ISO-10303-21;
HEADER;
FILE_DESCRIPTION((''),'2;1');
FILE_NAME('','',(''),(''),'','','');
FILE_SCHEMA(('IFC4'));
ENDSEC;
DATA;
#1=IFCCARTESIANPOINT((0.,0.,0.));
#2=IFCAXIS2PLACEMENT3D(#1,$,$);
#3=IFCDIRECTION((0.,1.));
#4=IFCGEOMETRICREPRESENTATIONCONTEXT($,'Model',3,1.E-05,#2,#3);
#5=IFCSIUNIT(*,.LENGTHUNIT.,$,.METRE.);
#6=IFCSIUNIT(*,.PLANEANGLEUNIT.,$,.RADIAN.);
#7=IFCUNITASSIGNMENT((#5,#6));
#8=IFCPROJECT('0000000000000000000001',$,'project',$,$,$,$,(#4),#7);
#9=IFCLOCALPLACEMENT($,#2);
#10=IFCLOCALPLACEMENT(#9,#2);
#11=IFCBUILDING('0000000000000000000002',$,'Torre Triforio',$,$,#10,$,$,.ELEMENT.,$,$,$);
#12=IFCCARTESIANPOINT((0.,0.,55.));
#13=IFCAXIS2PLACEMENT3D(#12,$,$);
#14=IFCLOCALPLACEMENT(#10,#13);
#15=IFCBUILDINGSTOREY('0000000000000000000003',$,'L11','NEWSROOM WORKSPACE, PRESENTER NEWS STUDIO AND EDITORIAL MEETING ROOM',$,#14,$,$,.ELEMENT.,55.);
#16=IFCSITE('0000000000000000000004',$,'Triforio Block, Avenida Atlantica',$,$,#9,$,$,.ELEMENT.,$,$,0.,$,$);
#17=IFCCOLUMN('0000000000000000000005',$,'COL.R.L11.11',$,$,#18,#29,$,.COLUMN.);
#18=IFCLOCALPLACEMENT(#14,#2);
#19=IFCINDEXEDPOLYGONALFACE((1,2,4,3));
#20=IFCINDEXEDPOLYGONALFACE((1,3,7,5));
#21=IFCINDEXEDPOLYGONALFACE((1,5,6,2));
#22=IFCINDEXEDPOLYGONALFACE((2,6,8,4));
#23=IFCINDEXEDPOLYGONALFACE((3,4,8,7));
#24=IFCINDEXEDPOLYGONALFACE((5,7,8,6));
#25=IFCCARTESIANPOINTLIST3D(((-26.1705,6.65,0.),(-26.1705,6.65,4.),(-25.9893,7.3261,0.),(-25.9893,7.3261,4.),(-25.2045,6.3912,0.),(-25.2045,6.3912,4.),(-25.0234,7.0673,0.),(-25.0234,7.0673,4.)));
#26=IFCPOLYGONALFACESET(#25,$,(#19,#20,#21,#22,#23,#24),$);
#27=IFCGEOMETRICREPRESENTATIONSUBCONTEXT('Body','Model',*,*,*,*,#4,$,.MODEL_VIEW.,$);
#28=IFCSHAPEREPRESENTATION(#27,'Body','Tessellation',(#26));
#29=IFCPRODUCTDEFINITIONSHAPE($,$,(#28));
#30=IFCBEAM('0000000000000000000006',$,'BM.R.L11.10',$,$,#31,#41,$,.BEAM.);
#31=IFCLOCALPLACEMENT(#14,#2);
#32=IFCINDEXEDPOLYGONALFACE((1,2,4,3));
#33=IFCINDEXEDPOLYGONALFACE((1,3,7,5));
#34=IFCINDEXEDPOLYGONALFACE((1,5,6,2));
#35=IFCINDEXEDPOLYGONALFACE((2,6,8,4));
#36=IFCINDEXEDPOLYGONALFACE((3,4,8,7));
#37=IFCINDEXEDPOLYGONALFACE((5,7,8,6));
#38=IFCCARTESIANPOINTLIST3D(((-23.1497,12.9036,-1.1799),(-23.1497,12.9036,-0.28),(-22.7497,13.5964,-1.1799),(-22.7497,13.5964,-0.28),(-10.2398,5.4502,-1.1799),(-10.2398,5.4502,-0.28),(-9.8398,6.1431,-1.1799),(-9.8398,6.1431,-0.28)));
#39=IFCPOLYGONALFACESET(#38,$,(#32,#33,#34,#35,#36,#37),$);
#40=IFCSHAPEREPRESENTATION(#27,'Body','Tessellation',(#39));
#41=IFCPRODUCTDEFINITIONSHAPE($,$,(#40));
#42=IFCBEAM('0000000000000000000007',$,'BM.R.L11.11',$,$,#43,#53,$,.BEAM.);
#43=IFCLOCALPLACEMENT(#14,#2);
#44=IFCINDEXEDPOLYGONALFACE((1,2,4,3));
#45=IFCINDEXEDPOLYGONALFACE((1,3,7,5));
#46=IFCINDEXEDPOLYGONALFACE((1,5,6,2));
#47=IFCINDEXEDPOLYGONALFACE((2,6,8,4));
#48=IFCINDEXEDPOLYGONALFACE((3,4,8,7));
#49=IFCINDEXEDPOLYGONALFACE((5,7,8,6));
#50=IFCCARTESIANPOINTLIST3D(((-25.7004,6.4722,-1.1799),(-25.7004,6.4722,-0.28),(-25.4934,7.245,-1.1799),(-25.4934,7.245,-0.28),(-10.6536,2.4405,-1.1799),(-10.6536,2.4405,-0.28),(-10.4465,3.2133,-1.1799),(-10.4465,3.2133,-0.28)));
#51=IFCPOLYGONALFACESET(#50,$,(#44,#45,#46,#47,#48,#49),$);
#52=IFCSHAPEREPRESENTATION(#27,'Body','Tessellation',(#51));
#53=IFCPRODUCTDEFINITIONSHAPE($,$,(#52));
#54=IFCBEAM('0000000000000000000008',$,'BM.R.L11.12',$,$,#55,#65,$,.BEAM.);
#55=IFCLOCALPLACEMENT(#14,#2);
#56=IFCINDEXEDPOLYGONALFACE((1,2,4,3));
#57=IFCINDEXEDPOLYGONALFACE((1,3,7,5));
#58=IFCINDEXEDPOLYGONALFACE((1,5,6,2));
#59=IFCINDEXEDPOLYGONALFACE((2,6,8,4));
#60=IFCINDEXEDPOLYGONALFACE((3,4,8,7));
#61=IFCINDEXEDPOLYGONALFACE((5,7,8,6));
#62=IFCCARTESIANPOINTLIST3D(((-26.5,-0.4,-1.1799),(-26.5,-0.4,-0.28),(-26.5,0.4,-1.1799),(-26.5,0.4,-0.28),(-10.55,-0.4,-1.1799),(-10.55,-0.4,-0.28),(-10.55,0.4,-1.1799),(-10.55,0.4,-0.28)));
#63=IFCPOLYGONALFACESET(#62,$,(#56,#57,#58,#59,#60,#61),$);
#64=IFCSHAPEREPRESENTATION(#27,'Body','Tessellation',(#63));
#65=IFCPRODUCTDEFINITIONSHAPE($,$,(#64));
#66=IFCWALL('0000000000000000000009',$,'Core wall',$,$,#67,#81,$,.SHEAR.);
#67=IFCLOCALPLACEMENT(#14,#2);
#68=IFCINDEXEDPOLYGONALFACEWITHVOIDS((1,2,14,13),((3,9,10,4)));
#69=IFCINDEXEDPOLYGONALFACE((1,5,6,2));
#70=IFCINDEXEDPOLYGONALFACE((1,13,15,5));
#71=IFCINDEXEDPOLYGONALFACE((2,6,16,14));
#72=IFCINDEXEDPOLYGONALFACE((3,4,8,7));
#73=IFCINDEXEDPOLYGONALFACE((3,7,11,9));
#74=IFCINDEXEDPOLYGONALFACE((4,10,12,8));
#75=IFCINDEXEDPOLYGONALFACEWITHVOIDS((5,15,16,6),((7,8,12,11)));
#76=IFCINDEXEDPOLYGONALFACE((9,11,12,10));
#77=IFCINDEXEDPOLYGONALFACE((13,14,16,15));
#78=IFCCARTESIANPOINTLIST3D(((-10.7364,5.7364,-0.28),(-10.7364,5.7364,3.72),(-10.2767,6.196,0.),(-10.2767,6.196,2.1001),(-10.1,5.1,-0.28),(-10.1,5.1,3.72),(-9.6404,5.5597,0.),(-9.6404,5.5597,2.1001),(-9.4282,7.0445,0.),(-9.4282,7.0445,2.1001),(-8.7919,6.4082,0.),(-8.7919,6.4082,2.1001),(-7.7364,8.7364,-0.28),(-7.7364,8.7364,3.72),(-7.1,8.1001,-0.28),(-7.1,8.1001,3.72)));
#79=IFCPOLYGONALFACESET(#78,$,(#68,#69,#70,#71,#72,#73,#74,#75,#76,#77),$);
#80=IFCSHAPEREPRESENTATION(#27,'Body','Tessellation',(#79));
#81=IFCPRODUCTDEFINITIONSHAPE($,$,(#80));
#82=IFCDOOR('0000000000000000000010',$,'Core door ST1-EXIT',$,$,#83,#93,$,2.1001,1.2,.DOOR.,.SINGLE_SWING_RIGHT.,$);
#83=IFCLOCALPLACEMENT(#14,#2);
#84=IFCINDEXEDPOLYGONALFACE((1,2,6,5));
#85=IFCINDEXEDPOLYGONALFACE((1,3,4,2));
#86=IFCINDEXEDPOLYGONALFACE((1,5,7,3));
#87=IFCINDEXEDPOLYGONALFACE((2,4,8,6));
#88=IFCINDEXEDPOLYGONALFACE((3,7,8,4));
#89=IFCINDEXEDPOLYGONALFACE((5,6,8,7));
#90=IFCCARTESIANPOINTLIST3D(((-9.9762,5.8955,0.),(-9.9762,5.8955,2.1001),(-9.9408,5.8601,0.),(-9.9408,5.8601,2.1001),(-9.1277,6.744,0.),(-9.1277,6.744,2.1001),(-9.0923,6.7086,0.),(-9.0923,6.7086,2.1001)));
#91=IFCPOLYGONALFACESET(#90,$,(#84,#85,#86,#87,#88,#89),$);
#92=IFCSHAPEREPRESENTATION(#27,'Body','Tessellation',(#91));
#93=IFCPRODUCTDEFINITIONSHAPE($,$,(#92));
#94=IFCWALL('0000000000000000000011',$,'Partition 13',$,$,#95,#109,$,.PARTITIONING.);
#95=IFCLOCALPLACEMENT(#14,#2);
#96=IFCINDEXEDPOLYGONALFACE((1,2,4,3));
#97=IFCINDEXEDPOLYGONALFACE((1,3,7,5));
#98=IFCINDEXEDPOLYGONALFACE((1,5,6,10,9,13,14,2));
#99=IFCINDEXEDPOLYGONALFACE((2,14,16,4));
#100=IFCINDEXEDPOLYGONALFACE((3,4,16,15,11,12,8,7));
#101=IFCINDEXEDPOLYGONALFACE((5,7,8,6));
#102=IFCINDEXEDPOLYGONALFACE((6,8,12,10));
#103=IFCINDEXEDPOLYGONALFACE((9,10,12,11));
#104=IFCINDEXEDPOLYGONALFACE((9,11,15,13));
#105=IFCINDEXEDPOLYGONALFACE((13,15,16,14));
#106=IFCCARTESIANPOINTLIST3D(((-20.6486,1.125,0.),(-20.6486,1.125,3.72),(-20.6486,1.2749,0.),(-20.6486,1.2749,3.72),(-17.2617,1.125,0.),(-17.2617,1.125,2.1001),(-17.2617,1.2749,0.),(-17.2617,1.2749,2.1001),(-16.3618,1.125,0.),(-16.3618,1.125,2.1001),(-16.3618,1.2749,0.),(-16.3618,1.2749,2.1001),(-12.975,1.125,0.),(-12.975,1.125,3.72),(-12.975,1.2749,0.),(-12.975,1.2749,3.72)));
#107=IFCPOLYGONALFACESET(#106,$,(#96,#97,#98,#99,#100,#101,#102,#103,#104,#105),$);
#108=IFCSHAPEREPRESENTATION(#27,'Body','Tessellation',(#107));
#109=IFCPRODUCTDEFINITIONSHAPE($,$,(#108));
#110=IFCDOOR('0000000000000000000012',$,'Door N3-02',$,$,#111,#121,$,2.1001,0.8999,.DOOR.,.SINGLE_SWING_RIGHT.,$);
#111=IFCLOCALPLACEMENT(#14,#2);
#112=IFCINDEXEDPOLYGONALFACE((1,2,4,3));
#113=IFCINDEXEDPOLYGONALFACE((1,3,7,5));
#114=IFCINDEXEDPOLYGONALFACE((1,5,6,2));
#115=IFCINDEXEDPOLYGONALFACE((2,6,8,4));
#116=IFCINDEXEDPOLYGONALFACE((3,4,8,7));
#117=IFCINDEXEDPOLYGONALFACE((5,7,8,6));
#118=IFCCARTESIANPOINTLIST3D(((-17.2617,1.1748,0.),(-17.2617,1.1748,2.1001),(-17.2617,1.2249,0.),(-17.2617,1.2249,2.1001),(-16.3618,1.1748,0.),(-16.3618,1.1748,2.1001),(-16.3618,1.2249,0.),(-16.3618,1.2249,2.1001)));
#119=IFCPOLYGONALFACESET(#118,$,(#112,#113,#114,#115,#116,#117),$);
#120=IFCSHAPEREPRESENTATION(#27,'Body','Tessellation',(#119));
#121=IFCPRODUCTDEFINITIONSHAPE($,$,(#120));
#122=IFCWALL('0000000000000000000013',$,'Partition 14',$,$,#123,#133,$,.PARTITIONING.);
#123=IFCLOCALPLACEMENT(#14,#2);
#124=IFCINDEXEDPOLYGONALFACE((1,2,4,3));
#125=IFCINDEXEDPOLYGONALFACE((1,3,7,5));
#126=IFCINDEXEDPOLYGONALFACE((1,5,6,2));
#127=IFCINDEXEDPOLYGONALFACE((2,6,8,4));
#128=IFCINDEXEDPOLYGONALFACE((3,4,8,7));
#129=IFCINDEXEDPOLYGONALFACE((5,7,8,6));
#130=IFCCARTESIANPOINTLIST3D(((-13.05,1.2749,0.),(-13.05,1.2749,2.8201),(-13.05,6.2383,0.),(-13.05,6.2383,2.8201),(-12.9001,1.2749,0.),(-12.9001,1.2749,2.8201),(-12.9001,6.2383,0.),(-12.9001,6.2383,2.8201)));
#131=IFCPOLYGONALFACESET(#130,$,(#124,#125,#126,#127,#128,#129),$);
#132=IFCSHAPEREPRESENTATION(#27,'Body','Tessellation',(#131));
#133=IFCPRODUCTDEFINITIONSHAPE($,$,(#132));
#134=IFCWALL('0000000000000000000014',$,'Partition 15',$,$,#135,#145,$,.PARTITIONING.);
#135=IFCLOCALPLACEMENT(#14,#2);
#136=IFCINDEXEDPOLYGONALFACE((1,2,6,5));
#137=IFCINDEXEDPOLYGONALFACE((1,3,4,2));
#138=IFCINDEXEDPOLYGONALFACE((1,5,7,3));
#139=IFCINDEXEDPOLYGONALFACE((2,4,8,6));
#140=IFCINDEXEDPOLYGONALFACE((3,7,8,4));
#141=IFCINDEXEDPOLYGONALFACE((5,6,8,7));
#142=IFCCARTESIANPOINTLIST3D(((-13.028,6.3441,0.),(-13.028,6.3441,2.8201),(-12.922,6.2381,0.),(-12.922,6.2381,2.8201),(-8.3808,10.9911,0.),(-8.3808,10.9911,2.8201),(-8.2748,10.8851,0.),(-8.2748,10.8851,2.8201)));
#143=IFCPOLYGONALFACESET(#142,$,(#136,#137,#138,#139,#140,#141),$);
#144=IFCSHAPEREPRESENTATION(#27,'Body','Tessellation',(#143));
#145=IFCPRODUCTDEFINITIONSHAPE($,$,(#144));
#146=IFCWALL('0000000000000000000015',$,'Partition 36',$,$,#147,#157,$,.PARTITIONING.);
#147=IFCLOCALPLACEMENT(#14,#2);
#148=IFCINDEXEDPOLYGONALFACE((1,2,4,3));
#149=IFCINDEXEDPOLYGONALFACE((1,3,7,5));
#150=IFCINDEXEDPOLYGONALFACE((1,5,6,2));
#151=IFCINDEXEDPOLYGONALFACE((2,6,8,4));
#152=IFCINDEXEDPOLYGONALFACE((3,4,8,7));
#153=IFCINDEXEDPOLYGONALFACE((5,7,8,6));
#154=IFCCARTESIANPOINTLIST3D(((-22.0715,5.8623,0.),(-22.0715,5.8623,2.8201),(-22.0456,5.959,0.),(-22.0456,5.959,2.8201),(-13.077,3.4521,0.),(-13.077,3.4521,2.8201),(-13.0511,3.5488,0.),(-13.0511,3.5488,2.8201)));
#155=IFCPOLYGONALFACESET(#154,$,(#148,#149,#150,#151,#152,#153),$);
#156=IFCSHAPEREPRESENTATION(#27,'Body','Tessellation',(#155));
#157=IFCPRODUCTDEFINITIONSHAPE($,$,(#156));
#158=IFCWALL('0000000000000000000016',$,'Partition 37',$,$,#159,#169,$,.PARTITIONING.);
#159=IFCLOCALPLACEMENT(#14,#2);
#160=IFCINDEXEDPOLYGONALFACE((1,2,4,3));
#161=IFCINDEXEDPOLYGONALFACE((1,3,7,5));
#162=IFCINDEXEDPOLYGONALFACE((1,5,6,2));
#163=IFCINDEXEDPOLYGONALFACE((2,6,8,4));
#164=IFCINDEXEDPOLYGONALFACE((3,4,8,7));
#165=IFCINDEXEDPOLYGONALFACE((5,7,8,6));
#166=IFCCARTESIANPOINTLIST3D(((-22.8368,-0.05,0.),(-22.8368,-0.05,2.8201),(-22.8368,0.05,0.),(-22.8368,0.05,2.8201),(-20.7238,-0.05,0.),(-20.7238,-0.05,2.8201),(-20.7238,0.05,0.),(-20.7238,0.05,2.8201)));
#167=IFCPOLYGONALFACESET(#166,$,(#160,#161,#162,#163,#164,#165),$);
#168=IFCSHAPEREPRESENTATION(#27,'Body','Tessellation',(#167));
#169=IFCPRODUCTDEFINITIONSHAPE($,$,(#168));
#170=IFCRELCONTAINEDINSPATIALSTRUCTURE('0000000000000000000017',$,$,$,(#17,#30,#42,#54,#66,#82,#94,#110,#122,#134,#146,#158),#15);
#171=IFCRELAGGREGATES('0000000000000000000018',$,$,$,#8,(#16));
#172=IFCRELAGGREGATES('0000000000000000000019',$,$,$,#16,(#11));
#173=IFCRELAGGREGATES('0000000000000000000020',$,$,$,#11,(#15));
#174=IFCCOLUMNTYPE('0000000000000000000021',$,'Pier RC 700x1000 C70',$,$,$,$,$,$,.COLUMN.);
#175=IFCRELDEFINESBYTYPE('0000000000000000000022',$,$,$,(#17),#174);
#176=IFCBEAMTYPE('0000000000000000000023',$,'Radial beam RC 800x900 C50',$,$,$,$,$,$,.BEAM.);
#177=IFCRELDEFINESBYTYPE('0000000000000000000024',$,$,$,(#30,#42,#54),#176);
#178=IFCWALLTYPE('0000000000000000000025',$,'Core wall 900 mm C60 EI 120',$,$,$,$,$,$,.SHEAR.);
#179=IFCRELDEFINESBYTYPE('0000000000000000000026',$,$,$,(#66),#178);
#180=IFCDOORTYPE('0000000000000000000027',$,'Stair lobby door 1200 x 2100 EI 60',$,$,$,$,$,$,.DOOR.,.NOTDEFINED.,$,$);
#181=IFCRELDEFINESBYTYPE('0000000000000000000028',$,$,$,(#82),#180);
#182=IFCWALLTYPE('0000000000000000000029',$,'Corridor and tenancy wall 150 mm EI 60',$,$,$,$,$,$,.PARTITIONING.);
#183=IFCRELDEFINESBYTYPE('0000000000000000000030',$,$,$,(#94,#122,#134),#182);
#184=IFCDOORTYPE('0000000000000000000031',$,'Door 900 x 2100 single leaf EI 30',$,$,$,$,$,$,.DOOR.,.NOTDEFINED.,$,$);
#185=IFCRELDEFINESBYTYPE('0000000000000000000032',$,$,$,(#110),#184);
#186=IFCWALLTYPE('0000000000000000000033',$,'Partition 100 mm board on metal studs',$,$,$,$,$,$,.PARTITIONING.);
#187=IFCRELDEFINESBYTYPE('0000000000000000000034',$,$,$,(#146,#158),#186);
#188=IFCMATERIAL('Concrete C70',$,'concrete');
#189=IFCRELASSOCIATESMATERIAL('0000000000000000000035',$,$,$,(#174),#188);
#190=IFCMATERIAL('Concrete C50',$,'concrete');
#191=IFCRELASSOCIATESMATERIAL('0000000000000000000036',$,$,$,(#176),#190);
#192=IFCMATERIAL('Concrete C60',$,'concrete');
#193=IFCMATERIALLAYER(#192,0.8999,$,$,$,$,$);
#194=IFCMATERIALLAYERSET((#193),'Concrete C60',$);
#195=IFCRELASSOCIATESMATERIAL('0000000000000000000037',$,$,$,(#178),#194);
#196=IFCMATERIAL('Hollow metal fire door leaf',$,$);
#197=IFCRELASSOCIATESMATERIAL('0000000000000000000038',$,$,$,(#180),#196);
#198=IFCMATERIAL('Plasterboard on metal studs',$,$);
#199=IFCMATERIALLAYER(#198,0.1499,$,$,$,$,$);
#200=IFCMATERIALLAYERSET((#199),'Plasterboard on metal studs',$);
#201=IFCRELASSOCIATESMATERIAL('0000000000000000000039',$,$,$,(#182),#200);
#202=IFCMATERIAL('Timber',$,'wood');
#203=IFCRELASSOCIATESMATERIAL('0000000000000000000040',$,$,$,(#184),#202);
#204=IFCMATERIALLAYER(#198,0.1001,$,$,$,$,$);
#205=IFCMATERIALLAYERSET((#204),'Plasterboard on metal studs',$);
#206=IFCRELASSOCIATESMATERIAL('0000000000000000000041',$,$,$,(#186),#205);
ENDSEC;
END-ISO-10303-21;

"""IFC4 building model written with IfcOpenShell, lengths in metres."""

from ifc_helpers import new_model, si_unit, direction, frame, frame_2d, origin, origin_2d, place, context, subcontext, project, spatial, rectangle, extrude, material, layer, layer_set, material_profile, profile_set, type_object, element, fill, save


model = new_model("IFC4")

# Units and contexts
model_context = context("Model", 3, precision=1e-05, world=origin(), true_north=direction((0.0, 1.0)))
body_context = subcontext(model_context, "Body", "Model", "MODEL_VIEW")
ifc_project = project(units=[si_unit("LENGTHUNIT", "METRE"), si_unit("PLANEANGLEUNIT", "RADIAN")], contexts=[model_context])

# Site, building, storey
site_placement = place(None, origin())
site = spatial("IfcSite", under=ifc_project, at=site_placement, Name="Triforio Block, Avenida Atlantica", CompositionType="ELEMENT", RefElevation=0.0)
building_placement = place(site_placement, origin())
building = spatial("IfcBuilding", under=site, at=building_placement, Name="Torre Triforio", CompositionType="ELEMENT")
storey_placement = place(building_placement, frame((0.0, 0.0, 55.0)))
storey = spatial("IfcBuildingStorey", under=building, at=storey_placement, Name="L11", Description="NEWSROOM WORKSPACE, PRESENTER NEWS STUDIO AND EDITORIAL MEETING ROOM", CompositionType="ELEMENT", Elevation=55.0)

# Column
ifc_material_1 = material(Name="Concrete C70", Category="concrete")
ifc_material_profile_1 = material_profile(ifc_material_1, rectangle(XDim=0.7, YDim=1.0, at=origin_2d()), Name="RC 700x1000")
ifc_profile_set_1 = profile_set([ifc_material_profile_1], Name="Concrete C70")
column_type = type_object("IfcColumnType", Name="Pier RC 700x1000 C70", PredefinedType="COLUMN", material=ifc_profile_set_1)
column_placement = place(storey_placement, frame((-25.5969, 6.8586, 0.0), z_axis=(0.0, 0.0, 1.0), x_axis=(-0.258819, -0.965926, 0.0)))
element("IfcColumn", 1, at=column_placement, inside=storey, type_object=column_type, Name="COL.R.L11.11", PredefinedType="COLUMN", context=body_context, shape_type="SweptSolid", body=[
    extrude(rectangle(XDim=0.7, YDim=1.0, at=origin_2d()), origin(), (0.0, 0.0, 1.0), 4.0),
])

# Beams
ifc_material_2 = material(Name="Concrete C50", Category="concrete")
ifc_material_profile_2 = material_profile(ifc_material_2, rectangle(XDim=0.8, YDim=0.8999, at=origin_2d()), Name="RC 800x900")
ifc_profile_set_2 = profile_set([ifc_material_profile_2], Name="Concrete C50")
beam_type = type_object("IfcBeamType", Name="Radial beam RC 800x900 C50", PredefinedType="BEAM", material=ifc_profile_set_2)
beam_1_placement = place(storey_placement, frame((-10.0398, 5.7966, -0.73), z_axis=(-0.86603, 0.499991, 0.0), x_axis=(-0.499991, -0.86603, 0.0)))
element("IfcBeam", 2, at=beam_1_placement, inside=storey, type_object=beam_type, Name="BM.R.L11.10", PredefinedType="BEAM", context=body_context, shape_type="SweptSolid", body=[
    extrude(rectangle(XDim=0.8, YDim=0.8999, at=origin_2d()), origin(), (0.0, 0.0, 1.0), 14.907),
])
beam_2_placement = place(storey_placement, frame((-10.55, 2.8269, -0.73), z_axis=(-0.965927, 0.258815, 0.0), x_axis=(-0.258815, -0.965927, 0.0)))
element("IfcBeam", 3, at=beam_2_placement, inside=storey, type_object=beam_type, Name="BM.R.L11.11", PredefinedType="BEAM", context=body_context, shape_type="SweptSolid", body=[
    extrude(rectangle(XDim=0.8, YDim=0.8999, at=origin_2d()), origin(), (0.0, 0.0, 1.0), 15.5776),
])
beam_3_placement = place(storey_placement, frame((-10.55, 0.0, -0.73), z_axis=(-1.0, 0.0, 0.0), x_axis=(0.0, -1.0, 0.0)))
element("IfcBeam", 4, at=beam_3_placement, inside=storey, type_object=beam_type, Name="BM.R.L11.12", PredefinedType="BEAM", context=body_context, shape_type="SweptSolid", body=[
    extrude(rectangle(XDim=0.8, YDim=0.8999, at=origin_2d()), origin(), (0.0, 0.0, 1.0), 15.95),
])

# Walls, openings, doors
ifc_material_3 = material(Name="Concrete C60", Category="concrete")
ifc_layer_1 = layer(ifc_material_3, 0.8999)
ifc_layer_set_1 = layer_set([ifc_layer_1], Name="Concrete C60")
wall_type_1 = type_object("IfcWallType", Name="Core wall 900 mm C60 EI 120", PredefinedType="SHEAR", material=ifc_layer_set_1)
wall_1_placement = place(storey_placement, frame((-10.4182, 5.4182, -0.28), z_axis=(0.0, 0.0, 1.0), x_axis=(0.707107, 0.707107, 0.0)))
wall_1 = element("IfcWall", 5, at=wall_1_placement, inside=storey, type_object=wall_type_1, Name="Core wall", PredefinedType="SHEAR", context=body_context, shape_type="SweptSolid", body=[
    extrude(rectangle(XDim=4.2427, YDim=0.8999, at=frame_2d((2.1213, 0.0))), origin(), (0.0, 0.0, 1.0), 4.0),
])
opening_1_placement = place(wall_1_placement, frame((0.6499, 0.0, 0.28)))
opening_1 = element("IfcOpeningElement", 6, at=opening_1_placement, cuts=wall_1, PredefinedType="OPENING", context=body_context, shape_type="SweptSolid", body=[
    extrude(rectangle(XDim=1.2, YDim=2.1001, at=frame_2d((0.6001, 1.05))), frame((0.0, 0.46, 0.0), z_axis=(0.0, -1.0, 0.0), x_axis=(1.0, 0.0, 0.0)), (0.0, 0.0, 1.0), 0.9199),
])
ifc_material_4 = material(Name="Hollow metal fire door leaf")
door_type_1 = type_object("IfcDoorType", Name="Stair lobby door 1200 x 2100 EI 60", OperationType="NOTDEFINED", PredefinedType="DOOR", material=ifc_material_4)
door_1_placement = place(opening_1_placement, origin())
door_1 = element("IfcDoor", 7, at=door_1_placement, inside=storey, type_object=door_type_1, Name="Core door ST1-EXIT", OperationType="SINGLE_SWING_RIGHT", OverallHeight=2.1001, OverallWidth=1.2, PredefinedType="DOOR", context=body_context, shape_type="SweptSolid", body=[
    extrude(rectangle(XDim=1.2, YDim=2.1001, at=frame_2d((0.6001, 1.05))), frame((0.0, 0.0249, 0.0), z_axis=(0.0, -1.0, 0.0), x_axis=(1.0, 0.0, 0.0)), (0.0, 0.0, 1.0), 0.05),
])
fill(opening_1, door_1)
ifc_material_5 = material(Name="Plasterboard on metal studs")
ifc_layer_2 = layer(ifc_material_5, 0.1499)
ifc_layer_set_2 = layer_set([ifc_layer_2], Name="Plasterboard on metal studs")
wall_type_2 = type_object("IfcWallType", Name="Corridor and tenancy wall 150 mm EI 60", PredefinedType="PARTITIONING", material=ifc_layer_set_2)
wall_2_placement = place(storey_placement, frame((-20.6487, 1.2, 0.0), z_axis=(0.0, 0.0, 1.0), x_axis=(1.0, 0.0, 0.0)))
wall_2 = element("IfcWall", 8, at=wall_2_placement, inside=storey, type_object=wall_type_2, Name="Partition 13", PredefinedType="PARTITIONING", context=body_context, shape_type="SweptSolid", body=[
    extrude(rectangle(XDim=7.6736, YDim=0.1499, at=frame_2d((3.8369, 0.0))), origin(), (0.0, 0.0, 1.0), 3.72),
])
opening_2_placement = place(wall_2_placement, frame((3.387, 0.0, 0.0)))
opening_2 = element("IfcOpeningElement", 9, at=opening_2_placement, cuts=wall_2, PredefinedType="OPENING", context=body_context, shape_type="SweptSolid", body=[
    extrude(rectangle(XDim=0.8999, YDim=2.1001, at=frame_2d((0.45, 1.05))), frame((0.0, 0.085, 0.0), z_axis=(0.0, -1.0, 0.0), x_axis=(1.0, 0.0, 0.0)), (0.0, 0.0, 1.0), 0.1699),
])
ifc_material_6 = material(Name="Timber", Category="wood")
door_type_2 = type_object("IfcDoorType", Name="Door 900 x 2100 single leaf EI 30", OperationType="NOTDEFINED", PredefinedType="DOOR", material=ifc_material_6)
door_2_placement = place(opening_2_placement, origin())
door_2 = element("IfcDoor", 10, at=door_2_placement, inside=storey, type_object=door_type_2, Name="Door N3-02", OperationType="SINGLE_SWING_RIGHT", OverallHeight=2.1001, OverallWidth=0.8999, PredefinedType="DOOR", context=body_context, shape_type="SweptSolid", body=[
    extrude(rectangle(XDim=0.8999, YDim=2.1001, at=frame_2d((0.45, 1.05))), frame((0.0, 0.0249, 0.0), z_axis=(0.0, -1.0, 0.0), x_axis=(1.0, 0.0, 0.0)), (0.0, 0.0, 1.0), 0.05),
])
fill(opening_2, door_2)

# Walls
wall_3_placement = place(storey_placement, frame((-12.9751, 1.2749, 0.0), z_axis=(0.0, 0.0, 1.0), x_axis=(0.0, 1.0, 0.0)))
element("IfcWall", 11, at=wall_3_placement, inside=storey, type_object=wall_type_2, Name="Partition 14", PredefinedType="PARTITIONING", context=body_context, shape_type="SweptSolid", body=[
    extrude(rectangle(XDim=4.9634, YDim=0.1499, at=frame_2d((2.4817, 0.0))), origin(), (0.0, 0.0, 1.0), 2.8201),
])
wall_4_placement = place(storey_placement, frame((-12.9751, 6.291, 0.0), z_axis=(0.0, 0.0, 1.0), x_axis=(0.707125, 0.707088, 0.0)))
element("IfcWall", 12, at=wall_4_placement, inside=storey, type_object=wall_type_2, Name="Partition 15", PredefinedType="PARTITIONING", context=body_context, shape_type="SweptSolid", body=[
    extrude(rectangle(XDim=6.572, YDim=0.1499, at=frame_2d((3.2861, 0.0))), origin(), (0.0, 0.0, 1.0), 2.8201),
])
ifc_layer_3 = layer(ifc_material_5, 0.1001)
ifc_layer_set_3 = layer_set([ifc_layer_3], Name="Plasterboard on metal studs")
wall_type_3 = type_object("IfcWallType", Name="Partition 100 mm board on metal studs", PredefinedType="PARTITIONING", material=ifc_layer_set_3)
wall_5_placement = place(storey_placement, frame((-13.0642, 3.5005, 0.0), z_axis=(0.0, 0.0, 1.0), x_axis=(-0.965923, 0.258831, 0.0)))
element("IfcWall", 13, at=wall_5_placement, inside=storey, type_object=wall_type_3, Name="Partition 36", PredefinedType="PARTITIONING", context=body_context, shape_type="SweptSolid", body=[
    extrude(rectangle(XDim=9.3118, YDim=0.1001, at=frame_2d((4.6558, 0.0))), origin(), (0.0, 0.0, 1.0), 2.8201),
])
wall_6_placement = place(storey_placement, frame((-20.7236, 0.0, 0.0), z_axis=(0.0, 0.0, 1.0), x_axis=(-1.0, 0.0, 0.0)))
element("IfcWall", 14, at=wall_6_placement, inside=storey, type_object=wall_type_3, Name="Partition 37", PredefinedType="PARTITIONING", context=body_context, shape_type="SweptSolid", body=[
    extrude(rectangle(XDim=2.113, YDim=0.1001, at=frame_2d((1.0566, 0.0))), origin(), (0.0, 0.0, 1.0), 2.8201),
])

save(model, "model.ifc")
